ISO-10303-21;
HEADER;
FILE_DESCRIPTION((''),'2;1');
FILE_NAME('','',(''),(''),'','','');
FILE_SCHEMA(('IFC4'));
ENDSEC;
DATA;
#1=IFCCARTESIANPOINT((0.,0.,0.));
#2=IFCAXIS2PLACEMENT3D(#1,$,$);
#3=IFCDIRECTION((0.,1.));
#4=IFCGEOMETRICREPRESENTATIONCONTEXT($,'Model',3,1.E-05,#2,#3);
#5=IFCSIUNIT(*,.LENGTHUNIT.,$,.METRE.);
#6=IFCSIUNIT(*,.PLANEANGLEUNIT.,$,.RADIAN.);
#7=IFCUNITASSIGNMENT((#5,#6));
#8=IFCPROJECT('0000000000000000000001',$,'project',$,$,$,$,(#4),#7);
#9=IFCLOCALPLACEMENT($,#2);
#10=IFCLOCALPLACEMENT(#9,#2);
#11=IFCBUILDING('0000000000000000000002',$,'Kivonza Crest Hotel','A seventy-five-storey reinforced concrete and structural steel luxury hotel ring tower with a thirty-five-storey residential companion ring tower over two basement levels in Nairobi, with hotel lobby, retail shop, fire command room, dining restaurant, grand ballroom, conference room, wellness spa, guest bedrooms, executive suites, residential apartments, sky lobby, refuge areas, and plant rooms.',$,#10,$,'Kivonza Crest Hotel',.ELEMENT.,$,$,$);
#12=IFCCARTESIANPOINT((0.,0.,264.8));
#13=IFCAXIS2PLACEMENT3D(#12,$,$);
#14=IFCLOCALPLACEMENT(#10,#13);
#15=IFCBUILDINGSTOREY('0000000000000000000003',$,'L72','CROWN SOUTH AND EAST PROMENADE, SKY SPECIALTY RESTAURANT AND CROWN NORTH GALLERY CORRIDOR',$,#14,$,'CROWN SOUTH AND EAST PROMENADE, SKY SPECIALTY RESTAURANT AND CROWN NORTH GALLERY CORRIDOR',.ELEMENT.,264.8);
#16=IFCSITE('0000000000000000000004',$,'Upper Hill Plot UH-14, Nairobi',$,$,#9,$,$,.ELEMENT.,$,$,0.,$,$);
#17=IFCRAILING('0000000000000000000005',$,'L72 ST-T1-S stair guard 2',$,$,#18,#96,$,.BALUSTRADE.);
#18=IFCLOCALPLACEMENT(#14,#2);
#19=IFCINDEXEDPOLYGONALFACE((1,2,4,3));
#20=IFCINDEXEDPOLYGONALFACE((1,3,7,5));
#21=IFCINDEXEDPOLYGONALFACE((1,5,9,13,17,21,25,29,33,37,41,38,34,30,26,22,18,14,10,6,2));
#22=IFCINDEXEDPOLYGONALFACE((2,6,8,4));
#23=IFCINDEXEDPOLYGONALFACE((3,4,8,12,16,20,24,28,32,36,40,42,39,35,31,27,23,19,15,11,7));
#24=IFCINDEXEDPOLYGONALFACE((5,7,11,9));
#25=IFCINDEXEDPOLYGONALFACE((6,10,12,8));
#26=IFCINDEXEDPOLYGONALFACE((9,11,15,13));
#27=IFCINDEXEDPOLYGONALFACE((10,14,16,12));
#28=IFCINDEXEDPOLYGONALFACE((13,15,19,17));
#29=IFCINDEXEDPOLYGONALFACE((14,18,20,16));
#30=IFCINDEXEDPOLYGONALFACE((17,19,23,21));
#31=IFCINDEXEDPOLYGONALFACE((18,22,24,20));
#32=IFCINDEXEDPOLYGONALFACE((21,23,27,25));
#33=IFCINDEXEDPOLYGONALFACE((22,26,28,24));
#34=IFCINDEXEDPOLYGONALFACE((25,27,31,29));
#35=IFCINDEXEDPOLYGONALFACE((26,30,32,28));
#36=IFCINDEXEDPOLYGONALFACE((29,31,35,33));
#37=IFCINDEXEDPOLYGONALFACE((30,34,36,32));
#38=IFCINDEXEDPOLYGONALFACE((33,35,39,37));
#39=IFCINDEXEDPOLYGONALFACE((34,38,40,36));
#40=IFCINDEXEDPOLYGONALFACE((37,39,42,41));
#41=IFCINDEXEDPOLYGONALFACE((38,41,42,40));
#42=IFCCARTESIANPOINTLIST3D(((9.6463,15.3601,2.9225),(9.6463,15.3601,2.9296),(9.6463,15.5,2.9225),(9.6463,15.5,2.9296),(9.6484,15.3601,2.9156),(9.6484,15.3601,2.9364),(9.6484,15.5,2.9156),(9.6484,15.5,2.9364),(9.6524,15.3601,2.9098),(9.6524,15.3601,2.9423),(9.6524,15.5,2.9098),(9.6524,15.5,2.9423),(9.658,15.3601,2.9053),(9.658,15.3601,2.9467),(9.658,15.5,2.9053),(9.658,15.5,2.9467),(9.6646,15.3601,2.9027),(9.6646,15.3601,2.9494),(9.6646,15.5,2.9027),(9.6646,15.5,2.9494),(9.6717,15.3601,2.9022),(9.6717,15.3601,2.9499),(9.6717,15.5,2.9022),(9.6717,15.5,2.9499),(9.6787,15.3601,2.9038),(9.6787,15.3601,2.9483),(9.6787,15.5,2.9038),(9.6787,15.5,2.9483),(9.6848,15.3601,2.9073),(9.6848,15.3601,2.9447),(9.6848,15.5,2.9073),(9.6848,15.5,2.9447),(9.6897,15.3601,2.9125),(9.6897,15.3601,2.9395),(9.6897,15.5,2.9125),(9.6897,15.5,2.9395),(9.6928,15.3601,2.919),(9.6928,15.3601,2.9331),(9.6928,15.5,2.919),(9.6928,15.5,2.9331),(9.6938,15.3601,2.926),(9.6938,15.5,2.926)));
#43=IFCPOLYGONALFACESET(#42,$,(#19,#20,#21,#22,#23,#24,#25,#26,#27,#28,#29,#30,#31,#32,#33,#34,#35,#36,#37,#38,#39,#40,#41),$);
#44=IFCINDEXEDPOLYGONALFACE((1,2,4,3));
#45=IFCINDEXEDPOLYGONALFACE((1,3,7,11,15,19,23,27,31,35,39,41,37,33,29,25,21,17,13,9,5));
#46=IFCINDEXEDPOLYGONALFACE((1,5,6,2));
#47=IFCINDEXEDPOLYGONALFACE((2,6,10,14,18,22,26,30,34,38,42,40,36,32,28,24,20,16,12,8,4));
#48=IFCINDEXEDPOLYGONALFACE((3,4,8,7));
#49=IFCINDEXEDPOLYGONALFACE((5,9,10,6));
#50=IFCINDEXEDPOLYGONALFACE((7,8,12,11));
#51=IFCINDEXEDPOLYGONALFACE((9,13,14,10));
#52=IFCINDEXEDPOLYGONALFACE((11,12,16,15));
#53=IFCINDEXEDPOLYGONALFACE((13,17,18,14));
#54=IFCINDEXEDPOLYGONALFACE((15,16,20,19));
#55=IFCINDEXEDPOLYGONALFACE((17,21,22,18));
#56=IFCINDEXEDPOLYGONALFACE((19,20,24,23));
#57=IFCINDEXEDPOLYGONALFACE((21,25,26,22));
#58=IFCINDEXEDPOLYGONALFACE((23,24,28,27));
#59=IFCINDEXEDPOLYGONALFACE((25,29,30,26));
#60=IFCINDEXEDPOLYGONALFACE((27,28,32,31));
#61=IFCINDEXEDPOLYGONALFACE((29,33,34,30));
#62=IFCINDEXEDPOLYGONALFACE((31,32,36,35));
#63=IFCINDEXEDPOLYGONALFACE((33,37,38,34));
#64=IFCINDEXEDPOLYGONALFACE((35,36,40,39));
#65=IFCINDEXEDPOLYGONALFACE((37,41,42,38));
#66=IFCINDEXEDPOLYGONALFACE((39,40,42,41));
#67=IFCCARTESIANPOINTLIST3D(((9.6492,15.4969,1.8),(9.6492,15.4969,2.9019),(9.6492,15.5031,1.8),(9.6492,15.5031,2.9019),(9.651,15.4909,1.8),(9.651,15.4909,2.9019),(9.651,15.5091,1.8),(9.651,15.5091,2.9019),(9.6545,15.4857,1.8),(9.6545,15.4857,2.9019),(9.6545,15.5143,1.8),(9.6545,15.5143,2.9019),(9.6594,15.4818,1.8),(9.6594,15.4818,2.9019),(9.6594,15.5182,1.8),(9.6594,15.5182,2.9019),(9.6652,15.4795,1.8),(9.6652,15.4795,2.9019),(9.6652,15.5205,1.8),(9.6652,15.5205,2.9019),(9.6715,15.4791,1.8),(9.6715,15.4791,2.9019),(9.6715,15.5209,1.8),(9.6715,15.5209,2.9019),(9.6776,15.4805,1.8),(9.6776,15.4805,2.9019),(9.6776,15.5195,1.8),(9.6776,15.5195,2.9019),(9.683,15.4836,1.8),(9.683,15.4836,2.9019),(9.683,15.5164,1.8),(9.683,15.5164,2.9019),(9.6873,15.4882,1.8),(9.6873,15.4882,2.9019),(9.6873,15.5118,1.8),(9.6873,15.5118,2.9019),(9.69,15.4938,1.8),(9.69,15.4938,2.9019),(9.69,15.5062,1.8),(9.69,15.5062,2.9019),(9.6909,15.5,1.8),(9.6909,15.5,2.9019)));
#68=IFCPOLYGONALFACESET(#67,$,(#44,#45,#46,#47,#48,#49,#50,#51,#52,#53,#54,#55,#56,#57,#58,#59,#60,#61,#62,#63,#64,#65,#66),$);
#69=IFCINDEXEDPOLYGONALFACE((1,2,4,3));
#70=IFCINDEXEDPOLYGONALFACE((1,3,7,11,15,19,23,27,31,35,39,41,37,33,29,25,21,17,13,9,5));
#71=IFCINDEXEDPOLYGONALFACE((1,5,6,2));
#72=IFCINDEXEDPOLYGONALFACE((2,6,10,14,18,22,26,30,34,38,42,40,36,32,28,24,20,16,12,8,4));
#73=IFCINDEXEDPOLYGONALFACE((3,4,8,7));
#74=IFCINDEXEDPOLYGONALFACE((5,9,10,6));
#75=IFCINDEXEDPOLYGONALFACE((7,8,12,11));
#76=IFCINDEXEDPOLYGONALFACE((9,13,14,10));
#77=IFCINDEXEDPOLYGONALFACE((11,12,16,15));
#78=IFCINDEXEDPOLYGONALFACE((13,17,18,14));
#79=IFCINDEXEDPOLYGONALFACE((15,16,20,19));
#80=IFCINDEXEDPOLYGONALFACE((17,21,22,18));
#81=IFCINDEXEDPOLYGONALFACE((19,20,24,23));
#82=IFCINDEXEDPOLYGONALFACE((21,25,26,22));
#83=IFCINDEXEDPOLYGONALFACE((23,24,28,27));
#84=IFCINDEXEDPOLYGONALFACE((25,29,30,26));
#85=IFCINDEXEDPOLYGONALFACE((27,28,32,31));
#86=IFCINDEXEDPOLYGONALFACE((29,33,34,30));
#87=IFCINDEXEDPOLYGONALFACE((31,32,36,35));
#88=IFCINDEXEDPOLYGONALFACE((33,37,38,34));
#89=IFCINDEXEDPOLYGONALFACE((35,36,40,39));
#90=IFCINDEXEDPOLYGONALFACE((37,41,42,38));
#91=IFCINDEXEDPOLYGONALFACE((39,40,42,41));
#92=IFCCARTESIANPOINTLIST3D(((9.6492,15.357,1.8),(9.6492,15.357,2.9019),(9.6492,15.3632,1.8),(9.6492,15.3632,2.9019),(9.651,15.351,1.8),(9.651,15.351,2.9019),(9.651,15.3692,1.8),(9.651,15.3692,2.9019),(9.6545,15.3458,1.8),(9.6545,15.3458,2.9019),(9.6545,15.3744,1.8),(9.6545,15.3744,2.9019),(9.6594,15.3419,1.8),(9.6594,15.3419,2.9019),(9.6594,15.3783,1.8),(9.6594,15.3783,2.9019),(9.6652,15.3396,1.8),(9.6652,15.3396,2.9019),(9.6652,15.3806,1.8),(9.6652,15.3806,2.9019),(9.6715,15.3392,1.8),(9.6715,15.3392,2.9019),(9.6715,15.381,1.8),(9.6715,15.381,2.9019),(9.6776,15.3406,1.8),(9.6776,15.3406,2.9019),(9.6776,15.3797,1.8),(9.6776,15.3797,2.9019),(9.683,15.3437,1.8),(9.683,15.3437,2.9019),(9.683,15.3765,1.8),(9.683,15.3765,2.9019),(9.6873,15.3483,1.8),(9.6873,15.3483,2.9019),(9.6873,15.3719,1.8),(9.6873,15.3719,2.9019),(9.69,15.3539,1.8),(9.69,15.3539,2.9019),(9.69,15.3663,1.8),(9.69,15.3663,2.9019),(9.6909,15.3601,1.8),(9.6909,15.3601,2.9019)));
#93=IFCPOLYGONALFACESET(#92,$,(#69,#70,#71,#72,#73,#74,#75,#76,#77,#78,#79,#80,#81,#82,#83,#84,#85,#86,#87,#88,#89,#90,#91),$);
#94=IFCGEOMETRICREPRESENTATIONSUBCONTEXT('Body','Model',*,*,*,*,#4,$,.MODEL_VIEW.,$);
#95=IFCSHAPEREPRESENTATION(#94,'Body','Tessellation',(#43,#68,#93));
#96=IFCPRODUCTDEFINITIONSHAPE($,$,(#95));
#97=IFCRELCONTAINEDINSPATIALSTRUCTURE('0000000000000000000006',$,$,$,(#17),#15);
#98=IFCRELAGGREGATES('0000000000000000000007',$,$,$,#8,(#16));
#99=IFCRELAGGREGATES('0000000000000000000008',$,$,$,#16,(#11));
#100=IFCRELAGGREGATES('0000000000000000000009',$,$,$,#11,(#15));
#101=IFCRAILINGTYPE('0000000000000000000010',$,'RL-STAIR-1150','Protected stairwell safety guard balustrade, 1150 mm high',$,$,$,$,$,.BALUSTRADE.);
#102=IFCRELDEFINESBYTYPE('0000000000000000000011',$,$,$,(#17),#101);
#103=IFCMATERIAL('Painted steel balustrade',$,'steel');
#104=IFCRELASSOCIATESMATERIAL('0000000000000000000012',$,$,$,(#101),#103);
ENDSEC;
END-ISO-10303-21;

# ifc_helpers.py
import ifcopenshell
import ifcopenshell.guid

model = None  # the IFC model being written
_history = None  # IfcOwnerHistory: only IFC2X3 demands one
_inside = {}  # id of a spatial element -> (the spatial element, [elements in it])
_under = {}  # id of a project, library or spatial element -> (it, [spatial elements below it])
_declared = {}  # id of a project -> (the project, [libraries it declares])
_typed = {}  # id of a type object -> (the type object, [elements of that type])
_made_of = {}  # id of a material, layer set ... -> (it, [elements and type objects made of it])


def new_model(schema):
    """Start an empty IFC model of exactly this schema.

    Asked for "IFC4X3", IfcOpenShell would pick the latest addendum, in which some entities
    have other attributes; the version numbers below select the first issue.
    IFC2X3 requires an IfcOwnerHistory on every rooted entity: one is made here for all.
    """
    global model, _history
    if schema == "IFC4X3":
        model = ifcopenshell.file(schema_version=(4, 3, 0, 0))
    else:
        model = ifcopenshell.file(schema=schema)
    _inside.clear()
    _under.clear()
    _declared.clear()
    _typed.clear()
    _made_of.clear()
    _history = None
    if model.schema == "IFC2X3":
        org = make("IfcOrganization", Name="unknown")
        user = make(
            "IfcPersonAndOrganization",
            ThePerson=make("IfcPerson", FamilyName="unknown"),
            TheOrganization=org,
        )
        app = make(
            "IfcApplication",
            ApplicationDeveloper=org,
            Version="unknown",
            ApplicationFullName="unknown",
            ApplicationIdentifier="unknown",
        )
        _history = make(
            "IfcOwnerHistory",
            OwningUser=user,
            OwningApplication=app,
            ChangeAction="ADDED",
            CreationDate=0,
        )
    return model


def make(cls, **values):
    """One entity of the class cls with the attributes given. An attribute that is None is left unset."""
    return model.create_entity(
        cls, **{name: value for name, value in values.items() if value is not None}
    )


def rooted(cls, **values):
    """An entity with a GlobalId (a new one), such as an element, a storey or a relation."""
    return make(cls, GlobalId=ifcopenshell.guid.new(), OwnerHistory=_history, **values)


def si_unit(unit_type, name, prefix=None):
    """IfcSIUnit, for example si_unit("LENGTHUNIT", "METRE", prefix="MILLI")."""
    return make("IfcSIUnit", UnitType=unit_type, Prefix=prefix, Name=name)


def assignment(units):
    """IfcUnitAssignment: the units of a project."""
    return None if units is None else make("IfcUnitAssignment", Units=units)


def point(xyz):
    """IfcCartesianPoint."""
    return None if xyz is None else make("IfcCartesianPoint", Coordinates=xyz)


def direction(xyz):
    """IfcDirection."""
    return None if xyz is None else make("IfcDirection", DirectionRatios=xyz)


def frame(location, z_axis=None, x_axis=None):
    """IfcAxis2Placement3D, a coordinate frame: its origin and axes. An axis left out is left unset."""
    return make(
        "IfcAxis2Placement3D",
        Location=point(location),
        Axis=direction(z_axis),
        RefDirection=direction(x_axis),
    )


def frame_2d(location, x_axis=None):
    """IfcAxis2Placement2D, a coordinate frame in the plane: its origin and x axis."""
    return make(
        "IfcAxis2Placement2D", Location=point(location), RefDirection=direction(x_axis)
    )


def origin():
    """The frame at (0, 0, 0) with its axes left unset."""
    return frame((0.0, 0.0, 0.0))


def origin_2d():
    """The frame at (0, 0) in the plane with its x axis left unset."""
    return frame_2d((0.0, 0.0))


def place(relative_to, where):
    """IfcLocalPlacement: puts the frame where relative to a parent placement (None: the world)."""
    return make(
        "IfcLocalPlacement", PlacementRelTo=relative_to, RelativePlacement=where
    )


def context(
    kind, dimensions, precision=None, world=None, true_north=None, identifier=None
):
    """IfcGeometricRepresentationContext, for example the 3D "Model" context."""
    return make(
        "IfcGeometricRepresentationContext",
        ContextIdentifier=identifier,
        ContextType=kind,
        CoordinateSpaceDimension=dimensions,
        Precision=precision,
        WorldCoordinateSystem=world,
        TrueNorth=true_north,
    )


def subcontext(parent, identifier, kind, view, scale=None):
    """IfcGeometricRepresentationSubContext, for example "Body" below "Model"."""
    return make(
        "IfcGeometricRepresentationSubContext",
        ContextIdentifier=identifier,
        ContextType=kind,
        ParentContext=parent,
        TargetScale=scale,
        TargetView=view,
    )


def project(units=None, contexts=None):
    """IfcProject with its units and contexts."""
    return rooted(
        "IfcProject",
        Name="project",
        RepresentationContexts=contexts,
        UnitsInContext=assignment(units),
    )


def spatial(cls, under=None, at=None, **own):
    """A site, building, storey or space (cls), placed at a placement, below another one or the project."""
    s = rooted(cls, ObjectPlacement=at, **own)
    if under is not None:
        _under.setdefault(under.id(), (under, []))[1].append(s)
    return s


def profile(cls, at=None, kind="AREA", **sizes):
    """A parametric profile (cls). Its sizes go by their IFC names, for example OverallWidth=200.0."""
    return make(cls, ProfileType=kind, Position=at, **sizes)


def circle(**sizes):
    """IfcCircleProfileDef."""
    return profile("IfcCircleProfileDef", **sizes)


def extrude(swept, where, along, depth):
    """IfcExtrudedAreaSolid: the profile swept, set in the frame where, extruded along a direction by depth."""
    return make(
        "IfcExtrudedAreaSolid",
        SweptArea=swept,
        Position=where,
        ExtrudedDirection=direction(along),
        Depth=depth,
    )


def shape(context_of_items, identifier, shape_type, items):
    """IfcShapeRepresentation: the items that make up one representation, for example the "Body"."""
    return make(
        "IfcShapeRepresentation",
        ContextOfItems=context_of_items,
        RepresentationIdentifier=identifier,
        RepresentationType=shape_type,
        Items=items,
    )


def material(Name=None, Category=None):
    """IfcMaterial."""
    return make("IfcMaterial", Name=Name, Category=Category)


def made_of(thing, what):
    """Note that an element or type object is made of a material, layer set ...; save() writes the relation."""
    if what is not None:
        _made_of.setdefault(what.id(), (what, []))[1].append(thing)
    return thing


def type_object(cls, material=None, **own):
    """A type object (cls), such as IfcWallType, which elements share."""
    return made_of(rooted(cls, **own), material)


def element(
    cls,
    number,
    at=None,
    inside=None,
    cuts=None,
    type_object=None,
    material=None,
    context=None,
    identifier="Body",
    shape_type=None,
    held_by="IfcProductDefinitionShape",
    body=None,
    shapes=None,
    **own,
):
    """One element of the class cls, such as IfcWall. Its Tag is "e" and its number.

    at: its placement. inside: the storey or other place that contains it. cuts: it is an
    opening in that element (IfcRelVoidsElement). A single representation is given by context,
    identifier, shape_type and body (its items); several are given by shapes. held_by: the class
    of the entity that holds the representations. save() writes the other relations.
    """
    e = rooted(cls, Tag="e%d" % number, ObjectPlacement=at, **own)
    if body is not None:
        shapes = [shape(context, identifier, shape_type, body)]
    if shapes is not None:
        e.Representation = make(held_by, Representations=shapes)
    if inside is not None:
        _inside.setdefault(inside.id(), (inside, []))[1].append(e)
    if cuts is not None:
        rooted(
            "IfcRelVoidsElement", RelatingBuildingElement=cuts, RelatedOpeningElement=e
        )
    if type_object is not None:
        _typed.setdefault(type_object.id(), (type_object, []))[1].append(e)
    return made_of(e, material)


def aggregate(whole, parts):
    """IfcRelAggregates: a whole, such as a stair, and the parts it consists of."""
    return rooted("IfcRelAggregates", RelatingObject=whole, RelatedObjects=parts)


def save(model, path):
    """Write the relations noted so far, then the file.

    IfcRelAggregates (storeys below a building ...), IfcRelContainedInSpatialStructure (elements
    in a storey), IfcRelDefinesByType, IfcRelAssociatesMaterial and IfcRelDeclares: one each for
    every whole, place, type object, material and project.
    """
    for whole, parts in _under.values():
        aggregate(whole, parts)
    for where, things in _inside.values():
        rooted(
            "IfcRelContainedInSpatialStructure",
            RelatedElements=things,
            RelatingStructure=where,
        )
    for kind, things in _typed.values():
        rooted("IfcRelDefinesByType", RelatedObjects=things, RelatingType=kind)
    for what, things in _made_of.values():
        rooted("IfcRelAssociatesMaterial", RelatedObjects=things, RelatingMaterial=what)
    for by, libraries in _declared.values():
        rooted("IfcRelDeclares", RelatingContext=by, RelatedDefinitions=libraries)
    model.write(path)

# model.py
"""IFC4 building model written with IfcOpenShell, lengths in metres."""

from ifc_helpers import new_model, si_unit, direction, frame, origin, origin_2d, place, context, subcontext, project, spatial, circle, extrude, material, type_object, element, save


model = new_model("IFC4")

# Units and contexts
model_context = context("Model", 3, precision=1e-05, world=origin(), true_north=direction((0.0, 1.0)))
body_context = subcontext(model_context, "Body", "Model", "MODEL_VIEW")
ifc_project = project(units=[si_unit("LENGTHUNIT", "METRE"), si_unit("PLANEANGLEUNIT", "RADIAN")], contexts=[model_context])

# Site, building, storey
site_placement = place(None, origin())
site = spatial("IfcSite", under=ifc_project, at=site_placement, Name="Upper Hill Plot UH-14, Nairobi", CompositionType="ELEMENT", RefElevation=0.0)
building_placement = place(site_placement, origin())
building = spatial("IfcBuilding", under=site, at=building_placement, Name="Kivonza Crest Hotel", Description="A seventy-five-storey reinforced concrete and structural steel luxury hotel ring tower with a thirty-five-storey residential companion ring tower over two basement levels in Nairobi, with hotel lobby, retail shop, fire command room, dining restaurant, grand ballroom, conference room, wellness spa, guest bedrooms, executive suites, residential apartments, sky lobby, refuge areas, and plant rooms.", LongName="Kivonza Crest Hotel", CompositionType="ELEMENT")
storey_placement = place(building_placement, frame((0.0, 0.0, 264.8)))
storey = spatial("IfcBuildingStorey", under=building, at=storey_placement, Name="L72", Description="CROWN SOUTH AND EAST PROMENADE, SKY SPECIALTY RESTAURANT AND CROWN NORTH GALLERY CORRIDOR", LongName="CROWN SOUTH AND EAST PROMENADE, SKY SPECIALTY RESTAURANT AND CROWN NORTH GALLERY CORRIDOR", CompositionType="ELEMENT", Elevation=264.8)

# Railing
ifc_material_1 = material(Name="Painted steel balustrade", Category="steel")
railing_type_1 = type_object("IfcRailingType", Name="RL-STAIR-1150", Description="Protected stairwell safety guard balustrade, 1150 mm high", PredefinedType="BALUSTRADE", material=ifc_material_1)
railing_1_placement = place(storey_placement, frame((9.6699, 15.5, 1.8)))
element("IfcRailing", 1, at=railing_1_placement, inside=storey, type_object=railing_type_1, Name="L72 ST-T1-S stair guard 2", PredefinedType="BALUSTRADE", context=body_context, shape_type="SweptSolid", body=[
    extrude(circle(Radius=0.0239, at=origin_2d()), frame((0.0, 0.0, 1.126), z_axis=(0.0, -1.0, 0.0), x_axis=(1.0, 0.0, 0.0)), (0.0, 0.0, 1.0), 0.1399),
    extrude(circle(Radius=0.021, at=origin_2d()), origin(), (0.0, 0.0, 1.0), 1.1018),
    extrude(circle(Radius=0.021, at=origin_2d()), frame((0.0, -0.1399, 0.0)), (0.0, 0.0, 1.0), 1.1018),
])

save(model, "model.ifc")
